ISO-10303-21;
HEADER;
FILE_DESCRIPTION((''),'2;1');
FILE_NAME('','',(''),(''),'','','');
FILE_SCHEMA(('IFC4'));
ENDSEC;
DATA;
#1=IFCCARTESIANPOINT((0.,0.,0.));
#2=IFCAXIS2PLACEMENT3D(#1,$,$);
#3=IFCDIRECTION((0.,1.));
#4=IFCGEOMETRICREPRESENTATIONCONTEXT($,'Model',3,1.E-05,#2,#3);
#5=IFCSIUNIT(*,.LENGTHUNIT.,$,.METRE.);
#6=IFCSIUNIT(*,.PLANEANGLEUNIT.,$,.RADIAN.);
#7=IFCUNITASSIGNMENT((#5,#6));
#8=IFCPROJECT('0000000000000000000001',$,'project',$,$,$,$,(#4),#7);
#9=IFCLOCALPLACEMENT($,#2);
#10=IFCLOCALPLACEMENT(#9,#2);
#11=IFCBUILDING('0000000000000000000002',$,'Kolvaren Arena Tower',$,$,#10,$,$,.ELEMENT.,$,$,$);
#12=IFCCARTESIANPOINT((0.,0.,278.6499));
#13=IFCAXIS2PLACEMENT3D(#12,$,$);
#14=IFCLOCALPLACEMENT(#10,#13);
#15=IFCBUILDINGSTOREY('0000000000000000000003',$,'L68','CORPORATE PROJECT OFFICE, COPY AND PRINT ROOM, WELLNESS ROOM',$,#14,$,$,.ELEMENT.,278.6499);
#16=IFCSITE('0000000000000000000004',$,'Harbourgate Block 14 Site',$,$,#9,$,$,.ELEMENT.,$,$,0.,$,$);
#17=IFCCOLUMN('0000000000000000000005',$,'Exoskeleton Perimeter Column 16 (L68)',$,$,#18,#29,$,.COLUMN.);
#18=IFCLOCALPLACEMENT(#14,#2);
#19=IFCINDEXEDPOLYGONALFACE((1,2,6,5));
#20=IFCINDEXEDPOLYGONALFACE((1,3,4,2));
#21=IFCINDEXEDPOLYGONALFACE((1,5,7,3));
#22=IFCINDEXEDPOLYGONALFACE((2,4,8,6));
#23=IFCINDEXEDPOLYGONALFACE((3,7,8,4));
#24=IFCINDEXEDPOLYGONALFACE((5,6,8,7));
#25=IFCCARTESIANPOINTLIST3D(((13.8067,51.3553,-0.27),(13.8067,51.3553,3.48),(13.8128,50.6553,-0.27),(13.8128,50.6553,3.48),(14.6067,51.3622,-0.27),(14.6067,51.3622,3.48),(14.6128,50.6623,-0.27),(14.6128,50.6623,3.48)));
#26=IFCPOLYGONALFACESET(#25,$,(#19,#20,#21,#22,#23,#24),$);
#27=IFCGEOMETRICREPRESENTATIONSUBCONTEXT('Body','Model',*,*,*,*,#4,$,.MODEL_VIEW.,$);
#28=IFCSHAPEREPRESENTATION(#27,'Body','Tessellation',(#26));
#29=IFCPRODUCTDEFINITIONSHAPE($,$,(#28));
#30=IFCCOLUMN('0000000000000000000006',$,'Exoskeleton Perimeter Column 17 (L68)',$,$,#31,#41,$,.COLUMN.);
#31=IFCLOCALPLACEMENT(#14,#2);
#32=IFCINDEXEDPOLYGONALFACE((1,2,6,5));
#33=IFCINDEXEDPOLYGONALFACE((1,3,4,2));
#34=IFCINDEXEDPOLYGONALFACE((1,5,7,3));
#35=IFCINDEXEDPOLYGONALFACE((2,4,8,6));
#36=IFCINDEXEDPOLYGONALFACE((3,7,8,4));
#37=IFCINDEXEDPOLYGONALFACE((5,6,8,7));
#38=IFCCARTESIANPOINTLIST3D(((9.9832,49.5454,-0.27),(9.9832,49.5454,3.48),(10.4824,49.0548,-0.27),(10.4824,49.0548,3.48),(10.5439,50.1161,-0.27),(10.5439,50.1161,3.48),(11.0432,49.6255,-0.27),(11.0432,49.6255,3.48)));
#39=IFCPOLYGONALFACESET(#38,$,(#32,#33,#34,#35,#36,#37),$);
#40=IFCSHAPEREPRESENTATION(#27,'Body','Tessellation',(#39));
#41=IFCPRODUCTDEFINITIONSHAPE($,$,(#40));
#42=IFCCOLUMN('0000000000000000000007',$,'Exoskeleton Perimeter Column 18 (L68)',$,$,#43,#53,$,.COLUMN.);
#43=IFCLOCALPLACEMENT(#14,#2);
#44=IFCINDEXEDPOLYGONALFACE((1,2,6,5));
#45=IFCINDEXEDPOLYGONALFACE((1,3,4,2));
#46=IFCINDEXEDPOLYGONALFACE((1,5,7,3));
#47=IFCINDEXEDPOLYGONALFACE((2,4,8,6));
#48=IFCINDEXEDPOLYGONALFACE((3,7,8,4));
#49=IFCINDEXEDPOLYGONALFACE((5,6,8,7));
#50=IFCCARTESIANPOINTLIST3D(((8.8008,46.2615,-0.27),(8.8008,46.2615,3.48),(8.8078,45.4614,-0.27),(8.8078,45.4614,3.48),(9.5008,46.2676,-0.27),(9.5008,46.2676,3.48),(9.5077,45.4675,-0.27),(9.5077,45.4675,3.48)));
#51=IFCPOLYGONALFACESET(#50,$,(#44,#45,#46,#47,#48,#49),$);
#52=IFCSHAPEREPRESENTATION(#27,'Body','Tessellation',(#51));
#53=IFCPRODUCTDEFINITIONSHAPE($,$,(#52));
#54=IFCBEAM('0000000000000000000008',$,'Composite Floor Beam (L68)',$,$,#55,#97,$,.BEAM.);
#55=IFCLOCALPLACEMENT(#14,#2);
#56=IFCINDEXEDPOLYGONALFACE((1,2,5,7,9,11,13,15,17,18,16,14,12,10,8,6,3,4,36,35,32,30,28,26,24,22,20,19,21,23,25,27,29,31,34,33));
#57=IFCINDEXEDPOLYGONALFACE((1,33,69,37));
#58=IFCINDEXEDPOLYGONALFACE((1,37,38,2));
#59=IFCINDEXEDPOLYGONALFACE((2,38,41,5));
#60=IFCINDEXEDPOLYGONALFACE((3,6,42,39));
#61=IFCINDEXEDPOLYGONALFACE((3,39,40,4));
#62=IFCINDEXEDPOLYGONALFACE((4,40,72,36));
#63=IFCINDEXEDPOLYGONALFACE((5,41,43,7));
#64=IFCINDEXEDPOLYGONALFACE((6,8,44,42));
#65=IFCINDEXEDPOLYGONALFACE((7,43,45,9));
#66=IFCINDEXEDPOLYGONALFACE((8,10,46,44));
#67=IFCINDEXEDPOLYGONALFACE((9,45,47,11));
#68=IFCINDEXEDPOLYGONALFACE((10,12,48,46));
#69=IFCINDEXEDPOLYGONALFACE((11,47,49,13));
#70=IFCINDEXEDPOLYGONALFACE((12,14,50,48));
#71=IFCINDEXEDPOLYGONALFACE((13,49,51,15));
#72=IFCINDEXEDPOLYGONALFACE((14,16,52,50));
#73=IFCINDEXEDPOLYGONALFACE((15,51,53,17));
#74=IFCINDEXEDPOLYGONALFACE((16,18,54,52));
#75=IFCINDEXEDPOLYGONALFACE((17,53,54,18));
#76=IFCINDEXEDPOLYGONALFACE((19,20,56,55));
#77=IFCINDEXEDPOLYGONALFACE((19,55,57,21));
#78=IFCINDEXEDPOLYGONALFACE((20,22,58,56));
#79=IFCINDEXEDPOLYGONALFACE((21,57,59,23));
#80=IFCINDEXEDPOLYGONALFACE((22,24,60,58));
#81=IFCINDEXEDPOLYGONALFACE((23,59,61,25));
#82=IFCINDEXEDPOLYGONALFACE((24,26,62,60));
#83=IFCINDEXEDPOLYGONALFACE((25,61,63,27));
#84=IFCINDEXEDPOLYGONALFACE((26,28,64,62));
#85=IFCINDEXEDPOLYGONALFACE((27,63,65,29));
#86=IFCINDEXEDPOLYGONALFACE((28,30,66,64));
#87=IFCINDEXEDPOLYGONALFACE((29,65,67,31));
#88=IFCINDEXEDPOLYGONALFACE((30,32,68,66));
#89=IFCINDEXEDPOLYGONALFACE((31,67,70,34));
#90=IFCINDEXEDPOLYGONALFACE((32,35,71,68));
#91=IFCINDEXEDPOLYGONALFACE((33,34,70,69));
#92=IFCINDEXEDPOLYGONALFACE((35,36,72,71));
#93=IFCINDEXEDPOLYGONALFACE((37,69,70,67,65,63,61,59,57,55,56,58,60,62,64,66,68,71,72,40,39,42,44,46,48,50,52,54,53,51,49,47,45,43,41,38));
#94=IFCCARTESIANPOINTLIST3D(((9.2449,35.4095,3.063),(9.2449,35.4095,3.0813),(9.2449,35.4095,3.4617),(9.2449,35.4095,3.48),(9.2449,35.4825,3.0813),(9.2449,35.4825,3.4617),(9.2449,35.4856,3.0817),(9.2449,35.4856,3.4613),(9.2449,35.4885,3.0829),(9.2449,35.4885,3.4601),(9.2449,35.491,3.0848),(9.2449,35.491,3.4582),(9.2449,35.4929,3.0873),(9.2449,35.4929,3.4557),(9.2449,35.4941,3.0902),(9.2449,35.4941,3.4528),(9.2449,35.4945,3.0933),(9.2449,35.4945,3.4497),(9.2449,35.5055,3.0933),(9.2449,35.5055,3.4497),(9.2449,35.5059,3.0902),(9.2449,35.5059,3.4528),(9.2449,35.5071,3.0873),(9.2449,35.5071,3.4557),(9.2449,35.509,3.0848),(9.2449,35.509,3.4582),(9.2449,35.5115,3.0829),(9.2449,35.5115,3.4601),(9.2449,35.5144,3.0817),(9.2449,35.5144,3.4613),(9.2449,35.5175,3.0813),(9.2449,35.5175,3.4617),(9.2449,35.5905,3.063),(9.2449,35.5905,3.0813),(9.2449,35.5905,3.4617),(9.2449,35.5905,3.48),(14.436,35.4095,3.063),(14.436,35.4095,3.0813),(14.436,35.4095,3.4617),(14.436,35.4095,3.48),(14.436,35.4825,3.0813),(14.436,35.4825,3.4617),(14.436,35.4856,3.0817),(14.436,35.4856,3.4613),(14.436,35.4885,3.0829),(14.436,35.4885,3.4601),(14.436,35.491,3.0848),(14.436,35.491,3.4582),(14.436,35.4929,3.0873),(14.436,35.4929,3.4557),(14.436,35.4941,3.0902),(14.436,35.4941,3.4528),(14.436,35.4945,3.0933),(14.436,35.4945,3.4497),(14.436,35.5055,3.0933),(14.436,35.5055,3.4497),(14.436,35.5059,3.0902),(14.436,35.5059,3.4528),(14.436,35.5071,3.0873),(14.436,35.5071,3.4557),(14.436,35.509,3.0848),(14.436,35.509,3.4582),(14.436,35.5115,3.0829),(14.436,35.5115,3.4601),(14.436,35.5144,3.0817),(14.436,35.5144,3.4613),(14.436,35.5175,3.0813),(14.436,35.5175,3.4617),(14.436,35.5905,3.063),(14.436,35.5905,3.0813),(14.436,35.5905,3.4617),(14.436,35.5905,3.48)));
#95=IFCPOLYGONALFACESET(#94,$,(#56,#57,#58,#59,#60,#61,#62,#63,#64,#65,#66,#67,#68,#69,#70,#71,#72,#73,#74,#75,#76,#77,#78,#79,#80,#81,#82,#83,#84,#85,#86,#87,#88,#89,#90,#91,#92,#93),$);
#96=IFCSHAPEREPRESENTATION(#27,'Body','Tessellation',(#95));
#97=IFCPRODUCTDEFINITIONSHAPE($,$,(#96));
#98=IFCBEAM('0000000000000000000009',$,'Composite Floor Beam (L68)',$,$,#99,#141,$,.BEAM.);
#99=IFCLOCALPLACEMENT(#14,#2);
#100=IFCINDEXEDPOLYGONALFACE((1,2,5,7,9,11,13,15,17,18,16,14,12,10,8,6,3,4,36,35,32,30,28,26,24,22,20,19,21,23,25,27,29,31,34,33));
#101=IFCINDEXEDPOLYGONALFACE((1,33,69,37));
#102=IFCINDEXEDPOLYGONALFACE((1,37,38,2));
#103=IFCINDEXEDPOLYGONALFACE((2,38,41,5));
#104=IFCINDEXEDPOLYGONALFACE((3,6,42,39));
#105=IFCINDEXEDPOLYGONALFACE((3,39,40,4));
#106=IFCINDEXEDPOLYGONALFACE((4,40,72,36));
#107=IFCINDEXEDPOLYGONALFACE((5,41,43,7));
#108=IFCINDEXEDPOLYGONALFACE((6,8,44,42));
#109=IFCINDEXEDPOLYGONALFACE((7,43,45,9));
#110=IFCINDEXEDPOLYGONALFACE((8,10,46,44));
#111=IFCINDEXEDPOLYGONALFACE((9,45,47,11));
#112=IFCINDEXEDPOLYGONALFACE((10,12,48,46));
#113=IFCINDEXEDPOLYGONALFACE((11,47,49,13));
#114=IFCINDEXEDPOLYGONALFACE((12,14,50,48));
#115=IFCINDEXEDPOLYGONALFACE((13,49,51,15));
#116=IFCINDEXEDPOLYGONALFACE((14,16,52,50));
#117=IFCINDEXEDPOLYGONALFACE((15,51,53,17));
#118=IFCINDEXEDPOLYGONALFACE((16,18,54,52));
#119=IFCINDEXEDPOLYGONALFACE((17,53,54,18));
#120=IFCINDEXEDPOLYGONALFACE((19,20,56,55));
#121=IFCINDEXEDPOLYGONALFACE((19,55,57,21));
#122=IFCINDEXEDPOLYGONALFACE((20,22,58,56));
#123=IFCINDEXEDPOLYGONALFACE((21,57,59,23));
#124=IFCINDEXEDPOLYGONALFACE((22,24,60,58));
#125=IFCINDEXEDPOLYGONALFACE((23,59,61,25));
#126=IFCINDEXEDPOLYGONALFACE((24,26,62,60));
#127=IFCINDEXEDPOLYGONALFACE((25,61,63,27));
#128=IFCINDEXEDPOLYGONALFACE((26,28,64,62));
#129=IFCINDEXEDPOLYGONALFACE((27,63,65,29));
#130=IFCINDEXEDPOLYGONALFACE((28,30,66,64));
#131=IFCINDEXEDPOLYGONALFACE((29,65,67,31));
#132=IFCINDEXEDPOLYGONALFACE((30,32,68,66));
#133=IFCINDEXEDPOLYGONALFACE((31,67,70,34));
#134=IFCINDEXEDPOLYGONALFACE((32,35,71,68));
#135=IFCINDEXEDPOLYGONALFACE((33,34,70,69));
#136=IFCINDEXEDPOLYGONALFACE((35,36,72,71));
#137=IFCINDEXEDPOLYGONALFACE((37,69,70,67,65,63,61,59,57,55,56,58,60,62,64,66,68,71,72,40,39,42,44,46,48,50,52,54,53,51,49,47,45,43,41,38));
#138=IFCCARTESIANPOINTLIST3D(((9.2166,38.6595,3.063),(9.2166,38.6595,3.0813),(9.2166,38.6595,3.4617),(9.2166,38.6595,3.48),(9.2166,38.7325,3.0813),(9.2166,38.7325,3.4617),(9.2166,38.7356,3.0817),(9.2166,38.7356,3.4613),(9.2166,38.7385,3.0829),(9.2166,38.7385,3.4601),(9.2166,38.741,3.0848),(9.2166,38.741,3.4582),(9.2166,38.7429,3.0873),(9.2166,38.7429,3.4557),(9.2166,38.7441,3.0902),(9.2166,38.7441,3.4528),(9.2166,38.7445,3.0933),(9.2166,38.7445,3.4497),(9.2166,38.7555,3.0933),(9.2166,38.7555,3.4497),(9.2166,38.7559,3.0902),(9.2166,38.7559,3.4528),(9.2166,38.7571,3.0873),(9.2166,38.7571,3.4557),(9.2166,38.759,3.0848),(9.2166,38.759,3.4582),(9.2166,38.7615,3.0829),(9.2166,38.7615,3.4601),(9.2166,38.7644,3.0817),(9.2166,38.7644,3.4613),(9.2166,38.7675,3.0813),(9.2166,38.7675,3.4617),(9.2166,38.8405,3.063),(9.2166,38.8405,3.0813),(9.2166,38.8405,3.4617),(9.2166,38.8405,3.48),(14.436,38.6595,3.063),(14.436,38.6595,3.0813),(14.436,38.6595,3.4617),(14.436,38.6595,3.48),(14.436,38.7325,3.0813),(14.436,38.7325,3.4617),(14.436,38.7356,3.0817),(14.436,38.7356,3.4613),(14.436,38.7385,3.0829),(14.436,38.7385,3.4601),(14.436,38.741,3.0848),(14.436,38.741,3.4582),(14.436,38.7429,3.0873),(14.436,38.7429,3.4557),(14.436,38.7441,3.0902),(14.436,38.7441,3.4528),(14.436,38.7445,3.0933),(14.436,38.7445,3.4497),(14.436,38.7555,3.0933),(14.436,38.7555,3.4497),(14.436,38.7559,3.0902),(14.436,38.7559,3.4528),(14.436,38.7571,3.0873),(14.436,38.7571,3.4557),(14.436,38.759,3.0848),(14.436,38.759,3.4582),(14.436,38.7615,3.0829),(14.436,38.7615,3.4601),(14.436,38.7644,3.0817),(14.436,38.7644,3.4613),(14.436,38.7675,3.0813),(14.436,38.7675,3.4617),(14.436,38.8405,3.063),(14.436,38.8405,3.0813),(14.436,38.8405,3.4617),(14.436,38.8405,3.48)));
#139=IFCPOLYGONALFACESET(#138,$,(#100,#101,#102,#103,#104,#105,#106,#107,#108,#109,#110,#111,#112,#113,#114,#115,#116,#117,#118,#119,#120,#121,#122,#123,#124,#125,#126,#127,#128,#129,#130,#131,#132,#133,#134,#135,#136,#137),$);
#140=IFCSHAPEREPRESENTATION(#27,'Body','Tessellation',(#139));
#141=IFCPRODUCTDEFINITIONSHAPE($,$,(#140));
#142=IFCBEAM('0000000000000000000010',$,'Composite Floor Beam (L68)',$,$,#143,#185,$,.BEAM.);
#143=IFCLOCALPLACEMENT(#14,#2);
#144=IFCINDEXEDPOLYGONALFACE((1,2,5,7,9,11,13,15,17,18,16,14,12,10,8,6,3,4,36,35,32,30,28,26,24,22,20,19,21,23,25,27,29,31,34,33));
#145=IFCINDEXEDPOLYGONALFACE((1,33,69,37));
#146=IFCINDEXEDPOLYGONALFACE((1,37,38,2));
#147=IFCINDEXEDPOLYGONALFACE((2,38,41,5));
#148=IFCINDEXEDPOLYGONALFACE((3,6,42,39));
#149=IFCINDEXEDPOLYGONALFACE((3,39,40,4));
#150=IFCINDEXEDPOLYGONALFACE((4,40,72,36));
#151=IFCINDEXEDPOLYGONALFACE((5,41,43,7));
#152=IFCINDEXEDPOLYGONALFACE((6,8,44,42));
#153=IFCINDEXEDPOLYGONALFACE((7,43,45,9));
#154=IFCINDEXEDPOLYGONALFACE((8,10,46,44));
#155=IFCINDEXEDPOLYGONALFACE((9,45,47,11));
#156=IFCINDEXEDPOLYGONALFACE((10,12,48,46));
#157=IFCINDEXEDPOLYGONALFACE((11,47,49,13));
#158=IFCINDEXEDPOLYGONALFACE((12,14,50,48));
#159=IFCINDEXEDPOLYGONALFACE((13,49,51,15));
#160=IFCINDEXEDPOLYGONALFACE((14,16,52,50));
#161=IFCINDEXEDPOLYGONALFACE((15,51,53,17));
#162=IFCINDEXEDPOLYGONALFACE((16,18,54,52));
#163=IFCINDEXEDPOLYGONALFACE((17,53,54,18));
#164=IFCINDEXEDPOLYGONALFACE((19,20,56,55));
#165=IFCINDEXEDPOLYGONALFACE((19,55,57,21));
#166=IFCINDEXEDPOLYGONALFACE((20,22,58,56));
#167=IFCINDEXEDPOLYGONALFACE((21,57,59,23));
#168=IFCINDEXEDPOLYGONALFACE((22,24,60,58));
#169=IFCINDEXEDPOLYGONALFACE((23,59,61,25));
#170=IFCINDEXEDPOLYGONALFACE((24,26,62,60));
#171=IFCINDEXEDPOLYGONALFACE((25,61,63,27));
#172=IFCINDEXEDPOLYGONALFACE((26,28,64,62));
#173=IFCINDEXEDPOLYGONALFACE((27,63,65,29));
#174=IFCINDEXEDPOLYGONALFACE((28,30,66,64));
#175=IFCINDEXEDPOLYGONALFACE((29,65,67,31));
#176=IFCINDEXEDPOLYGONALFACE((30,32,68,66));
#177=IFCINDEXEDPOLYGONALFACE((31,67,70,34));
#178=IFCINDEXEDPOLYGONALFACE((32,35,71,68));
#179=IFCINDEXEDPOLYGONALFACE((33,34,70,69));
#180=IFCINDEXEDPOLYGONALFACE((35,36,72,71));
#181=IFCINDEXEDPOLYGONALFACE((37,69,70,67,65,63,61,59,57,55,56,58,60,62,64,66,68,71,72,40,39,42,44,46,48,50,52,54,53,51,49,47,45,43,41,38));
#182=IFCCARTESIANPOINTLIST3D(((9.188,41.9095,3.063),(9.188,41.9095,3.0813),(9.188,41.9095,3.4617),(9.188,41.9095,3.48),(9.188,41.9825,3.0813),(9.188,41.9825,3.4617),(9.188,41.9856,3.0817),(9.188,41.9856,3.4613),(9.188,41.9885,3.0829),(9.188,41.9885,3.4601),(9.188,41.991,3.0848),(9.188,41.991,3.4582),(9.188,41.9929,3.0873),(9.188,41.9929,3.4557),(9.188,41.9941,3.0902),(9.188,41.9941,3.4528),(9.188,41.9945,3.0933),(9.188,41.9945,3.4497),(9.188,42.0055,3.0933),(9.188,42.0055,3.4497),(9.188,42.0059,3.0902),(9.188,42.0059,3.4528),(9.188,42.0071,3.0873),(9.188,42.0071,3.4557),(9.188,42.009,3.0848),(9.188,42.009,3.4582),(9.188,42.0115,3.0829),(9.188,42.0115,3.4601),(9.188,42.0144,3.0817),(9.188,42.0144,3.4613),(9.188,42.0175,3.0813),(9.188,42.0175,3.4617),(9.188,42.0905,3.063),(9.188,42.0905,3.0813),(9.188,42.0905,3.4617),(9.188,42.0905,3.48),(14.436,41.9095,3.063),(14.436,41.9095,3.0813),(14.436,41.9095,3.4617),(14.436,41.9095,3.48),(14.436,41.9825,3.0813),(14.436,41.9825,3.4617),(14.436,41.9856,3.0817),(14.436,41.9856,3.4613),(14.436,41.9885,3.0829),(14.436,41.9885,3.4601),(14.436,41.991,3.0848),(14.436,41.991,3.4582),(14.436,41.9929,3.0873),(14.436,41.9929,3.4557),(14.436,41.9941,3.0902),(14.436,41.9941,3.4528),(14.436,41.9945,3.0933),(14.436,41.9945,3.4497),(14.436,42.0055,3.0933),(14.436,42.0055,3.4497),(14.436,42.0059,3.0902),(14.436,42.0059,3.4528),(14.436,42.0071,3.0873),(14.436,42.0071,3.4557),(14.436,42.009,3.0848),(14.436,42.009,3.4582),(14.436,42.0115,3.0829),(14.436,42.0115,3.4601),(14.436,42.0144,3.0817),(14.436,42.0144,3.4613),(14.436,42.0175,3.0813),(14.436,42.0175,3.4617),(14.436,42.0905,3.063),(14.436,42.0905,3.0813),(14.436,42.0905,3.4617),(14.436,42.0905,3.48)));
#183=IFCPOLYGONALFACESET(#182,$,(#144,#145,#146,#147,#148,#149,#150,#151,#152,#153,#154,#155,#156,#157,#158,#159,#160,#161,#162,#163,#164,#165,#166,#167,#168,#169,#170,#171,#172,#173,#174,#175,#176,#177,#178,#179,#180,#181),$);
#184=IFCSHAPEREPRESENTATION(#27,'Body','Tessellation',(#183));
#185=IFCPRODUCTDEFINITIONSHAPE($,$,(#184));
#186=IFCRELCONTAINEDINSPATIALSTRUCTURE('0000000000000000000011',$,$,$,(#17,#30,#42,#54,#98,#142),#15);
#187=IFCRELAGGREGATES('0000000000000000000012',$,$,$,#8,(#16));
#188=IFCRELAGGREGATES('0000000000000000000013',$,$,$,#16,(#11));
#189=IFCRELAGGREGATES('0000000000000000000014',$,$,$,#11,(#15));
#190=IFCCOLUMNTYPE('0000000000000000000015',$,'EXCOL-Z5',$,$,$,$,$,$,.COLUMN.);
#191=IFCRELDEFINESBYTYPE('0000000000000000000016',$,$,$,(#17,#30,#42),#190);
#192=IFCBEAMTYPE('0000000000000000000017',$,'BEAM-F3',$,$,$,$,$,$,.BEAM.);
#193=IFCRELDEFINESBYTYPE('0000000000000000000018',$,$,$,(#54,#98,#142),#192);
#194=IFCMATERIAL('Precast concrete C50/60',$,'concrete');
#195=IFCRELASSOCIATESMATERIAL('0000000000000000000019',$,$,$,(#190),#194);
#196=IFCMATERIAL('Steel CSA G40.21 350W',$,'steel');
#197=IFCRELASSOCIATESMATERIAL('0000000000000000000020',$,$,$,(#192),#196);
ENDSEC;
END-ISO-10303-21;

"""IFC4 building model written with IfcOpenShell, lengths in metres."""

from ifc_helpers import new_model, si_unit, direction, frame, origin, origin_2d, place, context, subcontext, project, spatial, rectangle, i_section, extrude, material, material_profile, profile_set, type_object, element, save


model = new_model("IFC4")

# Units and contexts
model_context = context("Model", 3, precision=1e-05, world=origin(), true_north=direction((0.0, 1.0)))
body_context = subcontext(model_context, "Body", "Model", "MODEL_VIEW")
ifc_project = project(units=[si_unit("LENGTHUNIT", "METRE"), si_unit("PLANEANGLEUNIT", "RADIAN")], contexts=[model_context])

# Site, building, storey
site_placement = place(None, origin())
site = spatial("IfcSite", under=ifc_project, at=site_placement, Name="Harbourgate Block 14 Site", CompositionType="ELEMENT", RefElevation=0.0)
building_placement = place(site_placement, origin())
building = spatial("IfcBuilding", under=site, at=building_placement, Name="Kolvaren Arena Tower", CompositionType="ELEMENT")
storey_placement = place(building_placement, frame((0.0, 0.0, 278.6499)))
storey = spatial("IfcBuildingStorey", under=building, at=storey_placement, Name="L68", Description="CORPORATE PROJECT OFFICE, COPY AND PRINT ROOM, WELLNESS ROOM", CompositionType="ELEMENT", Elevation=278.6499)

# Columns
ifc_material_1 = material(Name="Precast concrete C50/60", Category="concrete")
ifc_material_profile_1 = material_profile(ifc_material_1, rectangle(XDim=0.8, YDim=0.7, at=origin_2d()), Name="RC-800x700")
ifc_profile_set_1 = profile_set([ifc_material_profile_1], Name="Precast concrete C50/60")
column_type = type_object("IfcColumnType", Name="EXCOL-Z5", PredefinedType="COLUMN", material=ifc_profile_set_1)
for number, where, z_axis, x_axis, name in (
    (1, (14.2097, 51.0088, -0.27), (0.0, 0.0, 1.0), (0.999962, 0.008727, 0.0), "Exoskeleton Perimeter Column 16 (L68)"),
    (2, (10.5132, 49.5854, -0.27), (0.0, 0.0, 1.0), (0.700909, 0.71325, 0.0), "Exoskeleton Perimeter Column 17 (L68)"),
    (3, (9.1543, 45.8645, -0.27), (0.0, 0.0, 1.0), (-0.008727, 0.999962, 0.0), "Exoskeleton Perimeter Column 18 (L68)"),
):
    element("IfcColumn", number, at=place(storey_placement, frame(where, z_axis=z_axis, x_axis=x_axis)), inside=storey, type_object=column_type, Name=name, PredefinedType="COLUMN", context=body_context, shape_type="SweptSolid", body=[
        extrude(rectangle(XDim=0.8, YDim=0.7, at=origin_2d()), origin(), (0.0, 0.0, 1.0), 3.75),
    ])

# Beams
ifc_material_2 = material(Name="Steel CSA G40.21 350W", Category="steel")
ifc_material_profile_2 = material_profile(ifc_material_2, i_section(OverallWidth=0.1809, OverallDepth=0.417, WebThickness=0.011, FlangeThickness=0.0183, FilletRadius=0.012, at=origin_2d()), Name="W410x85")
ifc_profile_set_2 = profile_set([ifc_material_profile_2], Name="Steel CSA G40.21 350W")
beam_type_1 = type_object("IfcBeamType", Name="BEAM-F3", PredefinedType="BEAM", material=ifc_profile_set_2)
beam_1_placement = place(storey_placement, frame((9.2449, 35.5, 3.2715), z_axis=(1.0, 0.0, 0.0), x_axis=(0.0, 1.0, 0.0)))
element("IfcBeam", 4, at=beam_1_placement, inside=storey, type_object=beam_type_1, Name="Composite Floor Beam (L68)", PredefinedType="BEAM", context=body_context, shape_type="SweptSolid", body=[
    extrude(i_section(OverallWidth=0.1809, OverallDepth=0.417, WebThickness=0.011, FlangeThickness=0.0183, FilletRadius=0.012, at=origin_2d()), origin(), (0.0, 0.0, 1.0), 5.1912),
])
beam_2_placement = place(storey_placement, frame((9.2166, 38.75, 3.2715), z_axis=(1.0, 0.0, 0.0), x_axis=(0.0, 1.0, 0.0)))
element("IfcBeam", 5, at=beam_2_placement, inside=storey, type_object=beam_type_1, Name="Composite Floor Beam (L68)", PredefinedType="BEAM", context=body_context, shape_type="SweptSolid", body=[
    extrude(i_section(OverallWidth=0.1809, OverallDepth=0.417, WebThickness=0.011, FlangeThickness=0.0183, FilletRadius=0.012, at=origin_2d()), origin(), (0.0, 0.0, 1.0), 5.2195),
])
beam_3_placement = place(storey_placement, frame((9.188, 42.0, 3.2715), z_axis=(1.0, 0.0, 0.0), x_axis=(0.0, 1.0, 0.0)))
element("IfcBeam", 6, at=beam_3_placement, inside=storey, type_object=beam_type_1, Name="Composite Floor Beam (L68)", PredefinedType="BEAM", context=body_context, shape_type="SweptSolid", body=[
    extrude(i_section(OverallWidth=0.1809, OverallDepth=0.417, WebThickness=0.011, FlangeThickness=0.0183, FilletRadius=0.012, at=origin_2d()), origin(), (0.0, 0.0, 1.0), 5.248),
])

save(model, "model.ifc")
